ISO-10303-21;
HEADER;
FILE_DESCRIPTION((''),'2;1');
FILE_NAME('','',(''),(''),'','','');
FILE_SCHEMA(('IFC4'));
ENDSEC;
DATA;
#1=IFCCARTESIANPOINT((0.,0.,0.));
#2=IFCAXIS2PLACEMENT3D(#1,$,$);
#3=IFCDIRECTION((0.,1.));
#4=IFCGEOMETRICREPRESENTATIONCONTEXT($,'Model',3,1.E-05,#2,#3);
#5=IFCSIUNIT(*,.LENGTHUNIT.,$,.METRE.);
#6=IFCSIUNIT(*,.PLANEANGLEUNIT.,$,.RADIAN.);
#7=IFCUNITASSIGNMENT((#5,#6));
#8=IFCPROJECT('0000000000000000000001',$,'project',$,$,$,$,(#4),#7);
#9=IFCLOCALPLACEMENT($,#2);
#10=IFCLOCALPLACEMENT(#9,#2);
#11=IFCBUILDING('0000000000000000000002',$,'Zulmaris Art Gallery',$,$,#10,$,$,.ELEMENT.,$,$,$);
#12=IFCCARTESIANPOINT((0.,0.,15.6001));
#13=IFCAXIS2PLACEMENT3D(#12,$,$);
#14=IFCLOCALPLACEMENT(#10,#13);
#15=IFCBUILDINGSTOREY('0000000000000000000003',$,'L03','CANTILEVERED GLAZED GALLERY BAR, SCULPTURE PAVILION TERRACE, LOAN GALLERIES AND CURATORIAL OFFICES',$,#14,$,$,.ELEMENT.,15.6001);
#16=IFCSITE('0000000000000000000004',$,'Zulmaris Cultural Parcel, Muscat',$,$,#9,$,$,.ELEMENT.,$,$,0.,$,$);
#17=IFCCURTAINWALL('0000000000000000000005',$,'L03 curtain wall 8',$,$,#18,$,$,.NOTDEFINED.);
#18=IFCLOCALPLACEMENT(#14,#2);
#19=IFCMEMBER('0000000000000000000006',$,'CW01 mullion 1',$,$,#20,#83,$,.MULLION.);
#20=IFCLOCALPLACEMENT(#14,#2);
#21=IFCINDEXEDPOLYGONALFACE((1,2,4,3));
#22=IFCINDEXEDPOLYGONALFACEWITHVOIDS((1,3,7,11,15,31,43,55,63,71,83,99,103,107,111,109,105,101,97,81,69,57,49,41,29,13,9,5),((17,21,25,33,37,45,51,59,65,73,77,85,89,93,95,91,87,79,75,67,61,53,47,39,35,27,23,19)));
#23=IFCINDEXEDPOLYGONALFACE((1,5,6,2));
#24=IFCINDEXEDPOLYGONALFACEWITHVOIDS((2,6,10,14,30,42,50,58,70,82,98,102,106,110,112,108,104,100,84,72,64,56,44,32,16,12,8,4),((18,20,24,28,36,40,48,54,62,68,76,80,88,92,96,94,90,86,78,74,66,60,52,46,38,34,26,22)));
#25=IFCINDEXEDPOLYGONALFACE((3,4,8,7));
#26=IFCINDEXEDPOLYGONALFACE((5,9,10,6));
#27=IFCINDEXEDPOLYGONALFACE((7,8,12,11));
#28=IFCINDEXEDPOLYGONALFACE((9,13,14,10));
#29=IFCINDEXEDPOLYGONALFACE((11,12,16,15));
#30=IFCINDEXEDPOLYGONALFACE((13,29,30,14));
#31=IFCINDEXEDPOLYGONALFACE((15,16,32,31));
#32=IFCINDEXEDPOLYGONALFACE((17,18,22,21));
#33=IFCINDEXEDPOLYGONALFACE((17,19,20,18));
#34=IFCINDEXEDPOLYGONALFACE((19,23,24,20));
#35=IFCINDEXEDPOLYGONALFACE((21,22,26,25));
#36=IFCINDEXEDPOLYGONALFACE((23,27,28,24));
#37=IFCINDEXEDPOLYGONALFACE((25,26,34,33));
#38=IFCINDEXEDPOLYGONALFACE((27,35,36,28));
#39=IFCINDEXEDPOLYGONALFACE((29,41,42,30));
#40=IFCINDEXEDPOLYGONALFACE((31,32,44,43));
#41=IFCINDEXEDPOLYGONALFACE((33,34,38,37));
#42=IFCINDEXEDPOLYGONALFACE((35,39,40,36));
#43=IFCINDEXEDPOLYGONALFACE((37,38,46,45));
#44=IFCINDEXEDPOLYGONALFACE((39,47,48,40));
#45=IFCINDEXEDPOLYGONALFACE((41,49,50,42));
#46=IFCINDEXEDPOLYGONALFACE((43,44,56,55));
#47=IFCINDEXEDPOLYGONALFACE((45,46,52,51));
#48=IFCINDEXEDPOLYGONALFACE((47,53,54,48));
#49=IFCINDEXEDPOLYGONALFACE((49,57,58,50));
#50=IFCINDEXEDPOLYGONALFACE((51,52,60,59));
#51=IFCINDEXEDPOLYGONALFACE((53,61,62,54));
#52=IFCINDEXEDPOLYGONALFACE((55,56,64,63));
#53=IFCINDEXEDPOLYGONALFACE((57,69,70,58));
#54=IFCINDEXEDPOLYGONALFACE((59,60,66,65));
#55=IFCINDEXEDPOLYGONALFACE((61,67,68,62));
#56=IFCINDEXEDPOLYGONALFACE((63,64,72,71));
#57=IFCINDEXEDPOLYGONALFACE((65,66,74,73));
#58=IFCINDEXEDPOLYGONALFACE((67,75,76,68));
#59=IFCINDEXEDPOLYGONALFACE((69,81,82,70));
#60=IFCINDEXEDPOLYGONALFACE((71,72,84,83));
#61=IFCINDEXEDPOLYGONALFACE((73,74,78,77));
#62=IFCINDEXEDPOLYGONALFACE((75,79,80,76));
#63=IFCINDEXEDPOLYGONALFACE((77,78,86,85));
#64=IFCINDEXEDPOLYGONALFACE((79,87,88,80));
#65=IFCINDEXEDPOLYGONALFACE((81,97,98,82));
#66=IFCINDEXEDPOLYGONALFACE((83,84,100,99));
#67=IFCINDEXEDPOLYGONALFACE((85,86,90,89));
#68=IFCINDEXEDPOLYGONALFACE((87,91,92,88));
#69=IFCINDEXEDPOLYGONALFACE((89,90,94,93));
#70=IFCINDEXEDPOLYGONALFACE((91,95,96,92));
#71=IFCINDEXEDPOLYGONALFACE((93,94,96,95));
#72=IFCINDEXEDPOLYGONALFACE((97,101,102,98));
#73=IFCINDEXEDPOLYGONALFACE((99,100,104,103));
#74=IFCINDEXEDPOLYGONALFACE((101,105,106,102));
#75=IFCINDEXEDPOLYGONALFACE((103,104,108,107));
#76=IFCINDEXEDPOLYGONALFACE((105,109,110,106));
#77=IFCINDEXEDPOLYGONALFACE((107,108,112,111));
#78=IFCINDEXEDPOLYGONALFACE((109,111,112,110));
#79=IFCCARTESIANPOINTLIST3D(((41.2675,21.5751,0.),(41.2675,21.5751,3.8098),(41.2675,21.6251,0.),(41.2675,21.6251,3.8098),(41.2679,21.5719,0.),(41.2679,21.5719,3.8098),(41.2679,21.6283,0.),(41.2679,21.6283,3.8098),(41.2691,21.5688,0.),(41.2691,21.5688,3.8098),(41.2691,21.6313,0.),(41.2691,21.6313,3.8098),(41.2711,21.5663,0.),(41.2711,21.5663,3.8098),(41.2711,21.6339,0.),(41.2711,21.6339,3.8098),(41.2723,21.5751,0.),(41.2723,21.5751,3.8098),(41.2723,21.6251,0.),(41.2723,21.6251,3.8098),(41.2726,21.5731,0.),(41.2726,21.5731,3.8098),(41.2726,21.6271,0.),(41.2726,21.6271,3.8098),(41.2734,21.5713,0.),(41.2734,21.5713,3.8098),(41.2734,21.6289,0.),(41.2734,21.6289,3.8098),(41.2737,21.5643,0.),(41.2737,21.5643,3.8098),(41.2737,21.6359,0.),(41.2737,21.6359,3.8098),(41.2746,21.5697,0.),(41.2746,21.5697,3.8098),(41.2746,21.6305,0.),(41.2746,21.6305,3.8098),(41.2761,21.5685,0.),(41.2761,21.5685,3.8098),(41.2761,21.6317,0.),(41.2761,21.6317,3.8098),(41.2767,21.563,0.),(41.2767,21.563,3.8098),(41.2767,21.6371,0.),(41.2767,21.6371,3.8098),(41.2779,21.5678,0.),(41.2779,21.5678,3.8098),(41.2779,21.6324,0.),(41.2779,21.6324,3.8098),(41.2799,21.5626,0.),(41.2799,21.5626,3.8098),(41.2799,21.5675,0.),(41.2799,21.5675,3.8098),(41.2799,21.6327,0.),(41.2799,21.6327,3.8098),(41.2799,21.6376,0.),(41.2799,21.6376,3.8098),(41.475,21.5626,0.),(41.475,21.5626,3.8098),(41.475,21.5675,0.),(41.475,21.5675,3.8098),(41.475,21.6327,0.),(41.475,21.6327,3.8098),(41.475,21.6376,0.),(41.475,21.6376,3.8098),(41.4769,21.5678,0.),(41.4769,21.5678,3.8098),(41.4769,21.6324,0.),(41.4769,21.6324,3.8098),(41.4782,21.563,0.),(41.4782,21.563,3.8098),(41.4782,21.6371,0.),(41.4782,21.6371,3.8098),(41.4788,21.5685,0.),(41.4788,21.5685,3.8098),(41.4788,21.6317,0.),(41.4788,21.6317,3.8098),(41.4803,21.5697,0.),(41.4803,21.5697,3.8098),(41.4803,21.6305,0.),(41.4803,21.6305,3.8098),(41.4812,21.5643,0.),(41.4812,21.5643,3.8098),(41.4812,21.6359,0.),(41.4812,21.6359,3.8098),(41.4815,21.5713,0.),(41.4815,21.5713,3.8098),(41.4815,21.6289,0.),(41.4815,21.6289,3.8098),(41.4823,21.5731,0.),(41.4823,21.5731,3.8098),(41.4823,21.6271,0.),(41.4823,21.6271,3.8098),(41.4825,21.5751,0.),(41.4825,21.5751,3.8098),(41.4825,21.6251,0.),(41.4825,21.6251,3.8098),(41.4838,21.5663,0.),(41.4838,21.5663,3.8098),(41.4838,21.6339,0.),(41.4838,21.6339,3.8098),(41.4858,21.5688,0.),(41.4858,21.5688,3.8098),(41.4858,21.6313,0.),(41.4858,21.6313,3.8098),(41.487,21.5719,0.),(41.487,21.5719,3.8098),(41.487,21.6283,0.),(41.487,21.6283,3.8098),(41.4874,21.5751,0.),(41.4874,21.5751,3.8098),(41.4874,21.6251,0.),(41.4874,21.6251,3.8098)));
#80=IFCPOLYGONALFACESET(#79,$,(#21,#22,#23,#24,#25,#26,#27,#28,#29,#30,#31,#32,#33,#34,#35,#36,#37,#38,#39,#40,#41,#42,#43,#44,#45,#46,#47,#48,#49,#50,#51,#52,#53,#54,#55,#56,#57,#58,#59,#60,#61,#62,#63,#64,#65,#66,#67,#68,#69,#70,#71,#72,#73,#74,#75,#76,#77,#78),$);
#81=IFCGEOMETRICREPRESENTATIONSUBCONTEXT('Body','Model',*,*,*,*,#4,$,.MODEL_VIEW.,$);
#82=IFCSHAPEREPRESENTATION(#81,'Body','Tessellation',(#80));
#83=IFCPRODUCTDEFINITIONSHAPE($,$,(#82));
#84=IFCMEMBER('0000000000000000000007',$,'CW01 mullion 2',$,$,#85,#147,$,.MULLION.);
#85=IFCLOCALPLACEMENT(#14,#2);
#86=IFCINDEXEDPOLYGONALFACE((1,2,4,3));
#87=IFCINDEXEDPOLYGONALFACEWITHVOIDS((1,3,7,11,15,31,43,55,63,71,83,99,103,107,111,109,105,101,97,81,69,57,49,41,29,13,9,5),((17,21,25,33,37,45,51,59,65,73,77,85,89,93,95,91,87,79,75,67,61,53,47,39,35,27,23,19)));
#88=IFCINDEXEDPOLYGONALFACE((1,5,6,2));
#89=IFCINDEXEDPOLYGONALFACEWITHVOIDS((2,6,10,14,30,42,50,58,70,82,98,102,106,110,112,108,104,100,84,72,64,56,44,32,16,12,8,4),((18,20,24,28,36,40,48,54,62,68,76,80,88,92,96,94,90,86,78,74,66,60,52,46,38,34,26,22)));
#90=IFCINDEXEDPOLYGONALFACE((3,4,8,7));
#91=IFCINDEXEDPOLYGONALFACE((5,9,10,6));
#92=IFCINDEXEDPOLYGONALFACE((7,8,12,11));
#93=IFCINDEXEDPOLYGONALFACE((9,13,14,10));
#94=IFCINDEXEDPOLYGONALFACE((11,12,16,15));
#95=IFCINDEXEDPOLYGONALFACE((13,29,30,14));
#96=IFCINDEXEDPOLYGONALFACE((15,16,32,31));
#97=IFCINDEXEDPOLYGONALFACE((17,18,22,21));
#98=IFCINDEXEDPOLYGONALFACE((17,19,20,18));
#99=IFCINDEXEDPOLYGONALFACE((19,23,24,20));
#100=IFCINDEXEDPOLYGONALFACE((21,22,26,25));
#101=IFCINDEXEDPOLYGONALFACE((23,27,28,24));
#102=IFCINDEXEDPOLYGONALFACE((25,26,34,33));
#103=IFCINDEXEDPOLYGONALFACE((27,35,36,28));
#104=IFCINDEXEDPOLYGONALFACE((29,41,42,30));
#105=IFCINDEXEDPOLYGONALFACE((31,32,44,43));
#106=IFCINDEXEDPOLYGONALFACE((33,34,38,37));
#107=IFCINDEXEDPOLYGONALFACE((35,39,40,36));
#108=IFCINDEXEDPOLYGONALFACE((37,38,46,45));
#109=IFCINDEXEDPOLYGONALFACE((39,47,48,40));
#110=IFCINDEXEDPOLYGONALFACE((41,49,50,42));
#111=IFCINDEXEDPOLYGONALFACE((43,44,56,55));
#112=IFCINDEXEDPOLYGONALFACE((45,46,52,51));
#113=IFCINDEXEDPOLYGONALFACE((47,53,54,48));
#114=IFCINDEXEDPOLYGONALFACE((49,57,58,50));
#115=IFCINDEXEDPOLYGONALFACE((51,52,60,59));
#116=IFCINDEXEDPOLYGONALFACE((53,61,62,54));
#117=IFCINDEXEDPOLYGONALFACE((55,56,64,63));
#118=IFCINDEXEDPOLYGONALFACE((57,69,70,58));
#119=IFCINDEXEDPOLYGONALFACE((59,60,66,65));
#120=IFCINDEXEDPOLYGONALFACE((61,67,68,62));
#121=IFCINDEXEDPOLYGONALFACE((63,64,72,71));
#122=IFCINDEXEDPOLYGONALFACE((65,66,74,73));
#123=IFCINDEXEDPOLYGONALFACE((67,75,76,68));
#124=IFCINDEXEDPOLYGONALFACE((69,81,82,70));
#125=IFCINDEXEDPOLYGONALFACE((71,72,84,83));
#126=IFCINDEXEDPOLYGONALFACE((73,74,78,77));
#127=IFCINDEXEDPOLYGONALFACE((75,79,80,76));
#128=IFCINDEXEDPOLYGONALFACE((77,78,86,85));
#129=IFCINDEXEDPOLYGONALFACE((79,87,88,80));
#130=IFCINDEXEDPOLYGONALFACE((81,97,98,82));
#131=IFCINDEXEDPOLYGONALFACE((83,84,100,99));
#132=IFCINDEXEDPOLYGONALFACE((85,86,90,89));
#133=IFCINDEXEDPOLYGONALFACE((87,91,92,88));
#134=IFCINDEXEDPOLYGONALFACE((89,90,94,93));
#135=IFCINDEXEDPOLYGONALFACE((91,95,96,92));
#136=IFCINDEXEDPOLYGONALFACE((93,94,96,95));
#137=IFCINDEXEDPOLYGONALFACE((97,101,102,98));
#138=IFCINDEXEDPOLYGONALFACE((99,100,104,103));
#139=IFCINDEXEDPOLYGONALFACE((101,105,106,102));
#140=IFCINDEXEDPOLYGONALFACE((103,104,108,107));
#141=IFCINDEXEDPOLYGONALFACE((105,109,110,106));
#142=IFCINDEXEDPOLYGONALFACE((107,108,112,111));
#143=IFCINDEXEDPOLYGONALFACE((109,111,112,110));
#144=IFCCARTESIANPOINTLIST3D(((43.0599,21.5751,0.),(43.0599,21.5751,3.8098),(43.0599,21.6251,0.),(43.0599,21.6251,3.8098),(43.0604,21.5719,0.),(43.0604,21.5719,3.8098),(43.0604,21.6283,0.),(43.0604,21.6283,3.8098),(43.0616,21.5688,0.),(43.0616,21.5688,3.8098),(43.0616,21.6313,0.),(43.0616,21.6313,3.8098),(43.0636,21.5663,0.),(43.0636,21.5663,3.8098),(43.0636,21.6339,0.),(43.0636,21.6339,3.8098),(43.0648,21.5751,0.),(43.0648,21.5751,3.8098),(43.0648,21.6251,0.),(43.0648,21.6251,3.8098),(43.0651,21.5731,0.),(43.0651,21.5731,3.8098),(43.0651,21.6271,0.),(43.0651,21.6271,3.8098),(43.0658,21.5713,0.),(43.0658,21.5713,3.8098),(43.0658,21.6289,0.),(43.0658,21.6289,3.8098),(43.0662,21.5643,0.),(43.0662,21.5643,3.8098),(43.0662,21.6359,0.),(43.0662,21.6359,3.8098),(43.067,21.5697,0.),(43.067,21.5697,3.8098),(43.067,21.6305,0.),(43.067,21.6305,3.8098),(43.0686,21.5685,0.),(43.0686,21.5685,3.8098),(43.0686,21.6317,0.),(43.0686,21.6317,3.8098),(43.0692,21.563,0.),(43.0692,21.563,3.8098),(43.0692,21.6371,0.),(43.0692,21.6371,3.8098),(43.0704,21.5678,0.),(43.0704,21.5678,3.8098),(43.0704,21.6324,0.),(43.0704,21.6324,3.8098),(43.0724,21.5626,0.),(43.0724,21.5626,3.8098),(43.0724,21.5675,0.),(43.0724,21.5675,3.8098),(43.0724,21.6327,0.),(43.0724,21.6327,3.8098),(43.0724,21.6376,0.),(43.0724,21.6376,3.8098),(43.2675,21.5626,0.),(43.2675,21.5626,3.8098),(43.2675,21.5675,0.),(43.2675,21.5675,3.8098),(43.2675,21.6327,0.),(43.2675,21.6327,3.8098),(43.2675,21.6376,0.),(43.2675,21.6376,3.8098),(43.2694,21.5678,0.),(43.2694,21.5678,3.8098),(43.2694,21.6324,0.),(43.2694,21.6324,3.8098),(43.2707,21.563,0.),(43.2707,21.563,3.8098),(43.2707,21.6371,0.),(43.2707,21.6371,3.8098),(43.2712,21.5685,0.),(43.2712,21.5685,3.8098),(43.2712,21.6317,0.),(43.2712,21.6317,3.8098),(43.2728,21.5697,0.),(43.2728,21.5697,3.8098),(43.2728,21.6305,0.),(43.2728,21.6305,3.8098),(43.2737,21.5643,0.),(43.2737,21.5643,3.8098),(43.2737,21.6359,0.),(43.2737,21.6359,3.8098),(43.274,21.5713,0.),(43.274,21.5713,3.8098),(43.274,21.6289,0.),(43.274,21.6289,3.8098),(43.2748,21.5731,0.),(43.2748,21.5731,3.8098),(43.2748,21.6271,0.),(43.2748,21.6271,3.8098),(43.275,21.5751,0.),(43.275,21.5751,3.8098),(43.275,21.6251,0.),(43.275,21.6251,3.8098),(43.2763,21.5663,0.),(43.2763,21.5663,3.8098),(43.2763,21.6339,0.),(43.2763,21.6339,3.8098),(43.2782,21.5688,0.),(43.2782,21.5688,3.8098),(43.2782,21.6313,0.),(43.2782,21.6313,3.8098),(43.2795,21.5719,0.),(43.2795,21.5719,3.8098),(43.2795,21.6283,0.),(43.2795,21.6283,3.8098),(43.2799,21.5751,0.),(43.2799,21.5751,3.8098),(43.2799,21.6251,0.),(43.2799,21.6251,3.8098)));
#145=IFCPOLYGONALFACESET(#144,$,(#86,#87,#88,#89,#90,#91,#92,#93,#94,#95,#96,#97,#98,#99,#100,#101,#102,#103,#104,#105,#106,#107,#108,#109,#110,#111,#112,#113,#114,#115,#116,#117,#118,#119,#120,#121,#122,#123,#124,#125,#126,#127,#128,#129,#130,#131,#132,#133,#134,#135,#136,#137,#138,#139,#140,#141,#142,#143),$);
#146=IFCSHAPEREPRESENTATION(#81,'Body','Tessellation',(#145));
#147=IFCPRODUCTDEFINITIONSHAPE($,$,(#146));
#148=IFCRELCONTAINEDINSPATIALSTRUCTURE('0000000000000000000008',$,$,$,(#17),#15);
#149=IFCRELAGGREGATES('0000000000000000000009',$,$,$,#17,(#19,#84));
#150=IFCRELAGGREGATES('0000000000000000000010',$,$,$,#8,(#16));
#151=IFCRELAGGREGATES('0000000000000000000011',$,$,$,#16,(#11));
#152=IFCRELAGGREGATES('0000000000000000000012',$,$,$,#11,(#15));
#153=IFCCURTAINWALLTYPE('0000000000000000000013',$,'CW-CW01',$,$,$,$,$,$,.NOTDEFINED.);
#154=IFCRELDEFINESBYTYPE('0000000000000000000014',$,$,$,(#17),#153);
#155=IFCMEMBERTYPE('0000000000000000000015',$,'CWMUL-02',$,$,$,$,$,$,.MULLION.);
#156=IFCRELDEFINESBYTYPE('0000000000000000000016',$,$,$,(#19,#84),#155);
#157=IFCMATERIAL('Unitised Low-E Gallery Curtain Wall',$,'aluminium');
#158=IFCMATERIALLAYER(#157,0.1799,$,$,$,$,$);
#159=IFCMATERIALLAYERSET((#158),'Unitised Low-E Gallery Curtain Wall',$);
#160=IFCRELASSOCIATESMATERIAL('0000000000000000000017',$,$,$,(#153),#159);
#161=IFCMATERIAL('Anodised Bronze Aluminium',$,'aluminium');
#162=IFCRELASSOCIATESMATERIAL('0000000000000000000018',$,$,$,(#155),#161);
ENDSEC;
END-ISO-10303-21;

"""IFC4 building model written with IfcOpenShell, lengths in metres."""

from ifc_helpers import new_model, si_unit, direction, frame, origin, origin_2d, place, context, subcontext, project, spatial, hollow_rectangle, extrude, material, layer, layer_set, material_profile, profile_set, type_object, element, aggregate, save


model = new_model("IFC4")

# Units and contexts
model_context = context("Model", 3, precision=1e-05, world=origin(), true_north=direction((0.0, 1.0)))
body_context = subcontext(model_context, "Body", "Model", "MODEL_VIEW")
ifc_project = project(units=[si_unit("LENGTHUNIT", "METRE"), si_unit("PLANEANGLEUNIT", "RADIAN")], contexts=[model_context])

# Site, building, storey
site_placement = place(None, origin())
site = spatial("IfcSite", under=ifc_project, at=site_placement, Name="Zulmaris Cultural Parcel, Muscat", CompositionType="ELEMENT", RefElevation=0.0)
building_placement = place(site_placement, origin())
building = spatial("IfcBuilding", under=site, at=building_placement, Name="Zulmaris Art Gallery", CompositionType="ELEMENT")
storey_placement = place(building_placement, frame((0.0, 0.0, 15.6001)))
storey = spatial("IfcBuildingStorey", under=building, at=storey_placement, Name="L03", Description="CANTILEVERED GLAZED GALLERY BAR, SCULPTURE PAVILION TERRACE, LOAN GALLERIES AND CURATORIAL OFFICES", CompositionType="ELEMENT", Elevation=15.6001)

# Curtain wall, members
ifc_material_1 = material(Name="Unitised Low-E Gallery Curtain Wall", Category="aluminium")
ifc_layer_1 = layer(ifc_material_1, 0.1799)
ifc_layer_set_1 = layer_set([ifc_layer_1], Name="Unitised Low-E Gallery Curtain Wall")
curtain_wall_type_1 = type_object("IfcCurtainWallType", Name="CW-CW01", PredefinedType="NOTDEFINED", material=ifc_layer_set_1)
curtain_wall_1_placement = place(storey_placement, origin())
curtain_wall_1 = element("IfcCurtainWall", 1, at=curtain_wall_1_placement, inside=storey, type_object=curtain_wall_type_1, Name="L03 curtain wall 8", PredefinedType="NOTDEFINED")
ifc_material_2 = material(Name="Anodised Bronze Aluminium", Category="aluminium")
ifc_material_profile_1 = material_profile(ifc_material_2, hollow_rectangle(XDim=0.075, YDim=0.22, WallThickness=0.0049, InnerFilletRadius=0.0076, OuterFilletRadius=0.0125, at=origin_2d()), Name="ALU 75x220x5")
ifc_profile_set_1 = profile_set([ifc_material_profile_1], Name="Anodised Bronze Aluminium")
member_type_1 = type_object("IfcMemberType", Name="CWMUL-02", PredefinedType="MULLION", material=ifc_profile_set_1)
member_1_placement = place(storey_placement, frame((41.3774, 21.6001, 0.0), z_axis=(0.0, 0.0, 1.0), x_axis=(0.0, 1.0, 0.0)))
member_1 = element("IfcMember", 2, at=member_1_placement, type_object=member_type_1, Name="CW01 mullion 1", PredefinedType="MULLION", context=body_context, shape_type="SweptSolid", body=[
    extrude(hollow_rectangle(XDim=0.075, YDim=0.22, WallThickness=0.0049, InnerFilletRadius=0.0076, OuterFilletRadius=0.0125, at=origin_2d()), origin(), (0.0, 0.0, 1.0), 3.8098),
])
member_2_placement = place(storey_placement, frame((43.1699, 21.6001, 0.0), z_axis=(0.0, 0.0, 1.0), x_axis=(0.0, 1.0, 0.0)))
member_2 = element("IfcMember", 3, at=member_2_placement, type_object=member_type_1, Name="CW01 mullion 2", PredefinedType="MULLION", context=body_context, shape_type="SweptSolid", body=[
    extrude(hollow_rectangle(XDim=0.075, YDim=0.22, WallThickness=0.0049, InnerFilletRadius=0.0076, OuterFilletRadius=0.0125, at=origin_2d()), origin(), (0.0, 0.0, 1.0), 3.8098),
])

aggregate(curtain_wall_1, [member_1, member_2])

save(model, "model.ifc")
